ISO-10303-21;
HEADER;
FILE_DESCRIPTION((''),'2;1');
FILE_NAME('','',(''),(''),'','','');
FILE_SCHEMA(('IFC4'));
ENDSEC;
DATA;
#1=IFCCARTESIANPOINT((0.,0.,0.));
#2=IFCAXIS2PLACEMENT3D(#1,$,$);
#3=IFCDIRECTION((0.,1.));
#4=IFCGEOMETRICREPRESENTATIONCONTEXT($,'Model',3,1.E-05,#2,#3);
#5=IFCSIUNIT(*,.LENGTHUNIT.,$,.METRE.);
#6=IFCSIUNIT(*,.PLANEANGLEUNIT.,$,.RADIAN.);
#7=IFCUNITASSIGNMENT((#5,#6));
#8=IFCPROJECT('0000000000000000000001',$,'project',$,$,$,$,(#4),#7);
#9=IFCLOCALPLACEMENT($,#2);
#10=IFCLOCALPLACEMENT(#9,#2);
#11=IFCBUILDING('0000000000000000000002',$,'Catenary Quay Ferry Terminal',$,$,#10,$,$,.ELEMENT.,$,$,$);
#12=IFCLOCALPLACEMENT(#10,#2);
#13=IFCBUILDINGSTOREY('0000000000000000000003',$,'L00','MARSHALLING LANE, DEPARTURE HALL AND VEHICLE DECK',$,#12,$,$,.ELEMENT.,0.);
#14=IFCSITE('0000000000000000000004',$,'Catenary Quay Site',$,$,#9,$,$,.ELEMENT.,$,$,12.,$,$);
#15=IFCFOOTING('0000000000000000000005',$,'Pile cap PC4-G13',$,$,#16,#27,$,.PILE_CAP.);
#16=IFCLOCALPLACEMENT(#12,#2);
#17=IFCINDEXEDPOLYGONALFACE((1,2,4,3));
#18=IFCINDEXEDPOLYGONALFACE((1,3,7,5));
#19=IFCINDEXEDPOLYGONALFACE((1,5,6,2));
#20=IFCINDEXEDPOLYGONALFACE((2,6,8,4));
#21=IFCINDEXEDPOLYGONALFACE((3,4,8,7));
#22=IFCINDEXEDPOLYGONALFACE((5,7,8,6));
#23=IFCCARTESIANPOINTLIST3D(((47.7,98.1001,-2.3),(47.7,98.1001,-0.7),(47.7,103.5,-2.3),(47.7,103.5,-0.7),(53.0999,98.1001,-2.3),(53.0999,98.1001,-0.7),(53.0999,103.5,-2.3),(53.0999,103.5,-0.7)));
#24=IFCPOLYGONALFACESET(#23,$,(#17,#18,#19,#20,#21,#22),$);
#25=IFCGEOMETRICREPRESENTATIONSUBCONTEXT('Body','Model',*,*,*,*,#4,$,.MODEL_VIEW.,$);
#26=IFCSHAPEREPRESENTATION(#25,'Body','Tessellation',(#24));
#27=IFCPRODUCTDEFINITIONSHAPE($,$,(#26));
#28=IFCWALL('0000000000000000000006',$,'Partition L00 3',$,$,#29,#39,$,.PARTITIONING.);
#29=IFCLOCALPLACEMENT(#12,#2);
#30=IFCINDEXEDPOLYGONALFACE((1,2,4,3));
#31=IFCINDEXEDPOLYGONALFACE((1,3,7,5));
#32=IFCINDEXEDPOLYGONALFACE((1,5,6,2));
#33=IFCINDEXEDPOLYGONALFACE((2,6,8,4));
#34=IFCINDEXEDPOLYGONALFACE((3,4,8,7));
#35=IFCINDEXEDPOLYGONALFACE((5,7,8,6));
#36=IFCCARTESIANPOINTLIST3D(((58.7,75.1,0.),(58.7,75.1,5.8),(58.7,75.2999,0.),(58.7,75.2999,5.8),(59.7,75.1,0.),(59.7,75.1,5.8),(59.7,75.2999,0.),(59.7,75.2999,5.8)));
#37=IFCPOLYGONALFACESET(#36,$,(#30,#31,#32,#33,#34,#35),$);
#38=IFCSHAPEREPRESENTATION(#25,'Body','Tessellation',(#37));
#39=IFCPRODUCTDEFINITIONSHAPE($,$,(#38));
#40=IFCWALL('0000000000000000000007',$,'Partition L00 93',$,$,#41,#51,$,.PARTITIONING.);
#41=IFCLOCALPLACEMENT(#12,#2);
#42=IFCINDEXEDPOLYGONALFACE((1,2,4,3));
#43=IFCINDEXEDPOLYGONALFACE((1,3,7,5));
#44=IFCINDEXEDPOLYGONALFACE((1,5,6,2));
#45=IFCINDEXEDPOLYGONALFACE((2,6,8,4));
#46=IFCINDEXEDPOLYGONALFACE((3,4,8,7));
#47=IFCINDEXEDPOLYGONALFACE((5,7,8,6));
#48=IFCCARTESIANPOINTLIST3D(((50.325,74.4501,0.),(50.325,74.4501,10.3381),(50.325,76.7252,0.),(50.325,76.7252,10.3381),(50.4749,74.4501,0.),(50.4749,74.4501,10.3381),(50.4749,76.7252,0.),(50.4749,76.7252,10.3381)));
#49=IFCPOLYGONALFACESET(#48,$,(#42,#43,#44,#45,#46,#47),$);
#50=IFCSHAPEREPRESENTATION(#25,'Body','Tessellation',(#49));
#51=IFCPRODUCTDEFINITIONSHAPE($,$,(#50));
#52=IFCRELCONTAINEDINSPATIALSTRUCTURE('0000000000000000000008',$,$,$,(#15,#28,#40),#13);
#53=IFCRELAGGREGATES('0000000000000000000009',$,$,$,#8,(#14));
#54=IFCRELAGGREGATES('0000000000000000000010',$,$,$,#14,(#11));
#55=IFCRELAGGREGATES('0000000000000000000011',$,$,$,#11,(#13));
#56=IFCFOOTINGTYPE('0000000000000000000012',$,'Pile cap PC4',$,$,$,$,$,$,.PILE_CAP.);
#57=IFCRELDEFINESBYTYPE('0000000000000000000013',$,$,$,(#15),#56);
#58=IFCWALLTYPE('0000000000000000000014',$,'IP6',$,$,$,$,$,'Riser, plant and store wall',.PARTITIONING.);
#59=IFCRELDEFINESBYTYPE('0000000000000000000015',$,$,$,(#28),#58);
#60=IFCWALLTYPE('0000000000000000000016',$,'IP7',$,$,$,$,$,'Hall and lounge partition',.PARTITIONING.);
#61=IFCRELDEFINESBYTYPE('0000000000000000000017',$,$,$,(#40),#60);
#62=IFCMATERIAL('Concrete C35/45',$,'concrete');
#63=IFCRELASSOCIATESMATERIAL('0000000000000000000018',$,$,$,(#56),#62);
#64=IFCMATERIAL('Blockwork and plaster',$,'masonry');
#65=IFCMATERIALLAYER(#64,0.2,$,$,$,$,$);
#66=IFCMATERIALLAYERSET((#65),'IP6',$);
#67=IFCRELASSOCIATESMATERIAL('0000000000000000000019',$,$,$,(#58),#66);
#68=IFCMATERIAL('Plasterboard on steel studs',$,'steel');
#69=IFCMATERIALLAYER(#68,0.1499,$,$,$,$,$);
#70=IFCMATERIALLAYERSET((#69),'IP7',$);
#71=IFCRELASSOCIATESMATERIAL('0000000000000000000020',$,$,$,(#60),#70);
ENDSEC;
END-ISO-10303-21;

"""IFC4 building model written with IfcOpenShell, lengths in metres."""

from ifc_helpers import new_model, si_unit, direction, frame, frame_2d, origin, origin_2d, place, context, subcontext, project, spatial, rectangle, extrude, material, layer, layer_set, type_object, element, save


model = new_model("IFC4")

# Units and contexts
model_context = context("Model", 3, precision=1e-05, world=origin(), true_north=direction((0.0, 1.0)))
body_context = subcontext(model_context, "Body", "Model", "MODEL_VIEW")
ifc_project = project(units=[si_unit("LENGTHUNIT", "METRE"), si_unit("PLANEANGLEUNIT", "RADIAN")], contexts=[model_context])

# Site, building, storey
site_placement = place(None, origin())
site = spatial("IfcSite", under=ifc_project, at=site_placement, Name="Catenary Quay Site", CompositionType="ELEMENT", RefElevation=12.0)
building_placement = place(site_placement, origin())
building = spatial("IfcBuilding", under=site, at=building_placement, Name="Catenary Quay Ferry Terminal", CompositionType="ELEMENT")
storey_placement = place(building_placement, origin())
storey = spatial("IfcBuildingStorey", under=building, at=storey_placement, Name="L00", Description="MARSHALLING LANE, DEPARTURE HALL AND VEHICLE DECK", CompositionType="ELEMENT", Elevation=0.0)

# Footing
ifc_material_1 = material(Name="Concrete C35/45", Category="concrete")
footing_type_1 = type_object("IfcFootingType", Name="Pile cap PC4", PredefinedType="PILE_CAP", material=ifc_material_1)
for number, where, z_axis, x_axis, name in (
    (1, (50.3999, 100.8, -2.3), (0.0, 0.0, 1.0), (1.0, 0.0, 0.0), "Pile cap PC4-G13"),
):
    element("IfcFooting", number, at=place(storey_placement, frame(where, z_axis=z_axis, x_axis=x_axis)), inside=storey, type_object=footing_type_1, Name=name, PredefinedType="PILE_CAP", context=body_context, shape_type="SweptSolid", body=[
        extrude(rectangle(XDim=5.3999, YDim=5.3999, at=origin_2d()), origin(), (0.0, 0.0, 1.0), 1.6001),
    ])

# Walls
ifc_material_2 = material(Name="Blockwork and plaster", Category="masonry")
ifc_layer_1 = layer(ifc_material_2, 0.2)
ifc_layer_set_1 = layer_set([ifc_layer_1], Name="IP6")
wall_type_1 = type_object("IfcWallType", Name="IP6", ElementType="Riser, plant and store wall", PredefinedType="PARTITIONING", material=ifc_layer_set_1)
wall_1_placement = place(storey_placement, frame((58.7, 75.2, 0.0), z_axis=(0.0, 0.0, 1.0), x_axis=(1.0, 0.0, 0.0)))
element("IfcWall", 2, at=wall_1_placement, inside=storey, type_object=wall_type_1, Name="Partition L00 3", PredefinedType="PARTITIONING", context=body_context, shape_type="SweptSolid", body=[
    extrude(rectangle(XDim=1.0, YDim=0.2, at=frame_2d((0.5, 0.0))), origin(), (0.0, 0.0, 1.0), 5.8),
])
ifc_material_3 = material(Name="Plasterboard on steel studs", Category="steel")
ifc_layer_2 = layer(ifc_material_3, 0.1499)
ifc_layer_set_2 = layer_set([ifc_layer_2], Name="IP7")
wall_type_2 = type_object("IfcWallType", Name="IP7", ElementType="Hall and lounge partition", PredefinedType="PARTITIONING", material=ifc_layer_set_2)
wall_2_placement = place(storey_placement, frame((50.3999, 74.45, 0.0), z_axis=(0.0, 0.0, 1.0), x_axis=(0.0, 1.0, 0.0)))
element("IfcWall", 3, at=wall_2_placement, inside=storey, type_object=wall_type_2, Name="Partition L00 93", PredefinedType="PARTITIONING", context=body_context, shape_type="SweptSolid", body=[
    extrude(rectangle(XDim=2.2751, YDim=0.1499, at=frame_2d((1.1377, 0.0))), origin(), (0.0, 0.0, 1.0), 10.3381),
])

save(model, "model.ifc")
